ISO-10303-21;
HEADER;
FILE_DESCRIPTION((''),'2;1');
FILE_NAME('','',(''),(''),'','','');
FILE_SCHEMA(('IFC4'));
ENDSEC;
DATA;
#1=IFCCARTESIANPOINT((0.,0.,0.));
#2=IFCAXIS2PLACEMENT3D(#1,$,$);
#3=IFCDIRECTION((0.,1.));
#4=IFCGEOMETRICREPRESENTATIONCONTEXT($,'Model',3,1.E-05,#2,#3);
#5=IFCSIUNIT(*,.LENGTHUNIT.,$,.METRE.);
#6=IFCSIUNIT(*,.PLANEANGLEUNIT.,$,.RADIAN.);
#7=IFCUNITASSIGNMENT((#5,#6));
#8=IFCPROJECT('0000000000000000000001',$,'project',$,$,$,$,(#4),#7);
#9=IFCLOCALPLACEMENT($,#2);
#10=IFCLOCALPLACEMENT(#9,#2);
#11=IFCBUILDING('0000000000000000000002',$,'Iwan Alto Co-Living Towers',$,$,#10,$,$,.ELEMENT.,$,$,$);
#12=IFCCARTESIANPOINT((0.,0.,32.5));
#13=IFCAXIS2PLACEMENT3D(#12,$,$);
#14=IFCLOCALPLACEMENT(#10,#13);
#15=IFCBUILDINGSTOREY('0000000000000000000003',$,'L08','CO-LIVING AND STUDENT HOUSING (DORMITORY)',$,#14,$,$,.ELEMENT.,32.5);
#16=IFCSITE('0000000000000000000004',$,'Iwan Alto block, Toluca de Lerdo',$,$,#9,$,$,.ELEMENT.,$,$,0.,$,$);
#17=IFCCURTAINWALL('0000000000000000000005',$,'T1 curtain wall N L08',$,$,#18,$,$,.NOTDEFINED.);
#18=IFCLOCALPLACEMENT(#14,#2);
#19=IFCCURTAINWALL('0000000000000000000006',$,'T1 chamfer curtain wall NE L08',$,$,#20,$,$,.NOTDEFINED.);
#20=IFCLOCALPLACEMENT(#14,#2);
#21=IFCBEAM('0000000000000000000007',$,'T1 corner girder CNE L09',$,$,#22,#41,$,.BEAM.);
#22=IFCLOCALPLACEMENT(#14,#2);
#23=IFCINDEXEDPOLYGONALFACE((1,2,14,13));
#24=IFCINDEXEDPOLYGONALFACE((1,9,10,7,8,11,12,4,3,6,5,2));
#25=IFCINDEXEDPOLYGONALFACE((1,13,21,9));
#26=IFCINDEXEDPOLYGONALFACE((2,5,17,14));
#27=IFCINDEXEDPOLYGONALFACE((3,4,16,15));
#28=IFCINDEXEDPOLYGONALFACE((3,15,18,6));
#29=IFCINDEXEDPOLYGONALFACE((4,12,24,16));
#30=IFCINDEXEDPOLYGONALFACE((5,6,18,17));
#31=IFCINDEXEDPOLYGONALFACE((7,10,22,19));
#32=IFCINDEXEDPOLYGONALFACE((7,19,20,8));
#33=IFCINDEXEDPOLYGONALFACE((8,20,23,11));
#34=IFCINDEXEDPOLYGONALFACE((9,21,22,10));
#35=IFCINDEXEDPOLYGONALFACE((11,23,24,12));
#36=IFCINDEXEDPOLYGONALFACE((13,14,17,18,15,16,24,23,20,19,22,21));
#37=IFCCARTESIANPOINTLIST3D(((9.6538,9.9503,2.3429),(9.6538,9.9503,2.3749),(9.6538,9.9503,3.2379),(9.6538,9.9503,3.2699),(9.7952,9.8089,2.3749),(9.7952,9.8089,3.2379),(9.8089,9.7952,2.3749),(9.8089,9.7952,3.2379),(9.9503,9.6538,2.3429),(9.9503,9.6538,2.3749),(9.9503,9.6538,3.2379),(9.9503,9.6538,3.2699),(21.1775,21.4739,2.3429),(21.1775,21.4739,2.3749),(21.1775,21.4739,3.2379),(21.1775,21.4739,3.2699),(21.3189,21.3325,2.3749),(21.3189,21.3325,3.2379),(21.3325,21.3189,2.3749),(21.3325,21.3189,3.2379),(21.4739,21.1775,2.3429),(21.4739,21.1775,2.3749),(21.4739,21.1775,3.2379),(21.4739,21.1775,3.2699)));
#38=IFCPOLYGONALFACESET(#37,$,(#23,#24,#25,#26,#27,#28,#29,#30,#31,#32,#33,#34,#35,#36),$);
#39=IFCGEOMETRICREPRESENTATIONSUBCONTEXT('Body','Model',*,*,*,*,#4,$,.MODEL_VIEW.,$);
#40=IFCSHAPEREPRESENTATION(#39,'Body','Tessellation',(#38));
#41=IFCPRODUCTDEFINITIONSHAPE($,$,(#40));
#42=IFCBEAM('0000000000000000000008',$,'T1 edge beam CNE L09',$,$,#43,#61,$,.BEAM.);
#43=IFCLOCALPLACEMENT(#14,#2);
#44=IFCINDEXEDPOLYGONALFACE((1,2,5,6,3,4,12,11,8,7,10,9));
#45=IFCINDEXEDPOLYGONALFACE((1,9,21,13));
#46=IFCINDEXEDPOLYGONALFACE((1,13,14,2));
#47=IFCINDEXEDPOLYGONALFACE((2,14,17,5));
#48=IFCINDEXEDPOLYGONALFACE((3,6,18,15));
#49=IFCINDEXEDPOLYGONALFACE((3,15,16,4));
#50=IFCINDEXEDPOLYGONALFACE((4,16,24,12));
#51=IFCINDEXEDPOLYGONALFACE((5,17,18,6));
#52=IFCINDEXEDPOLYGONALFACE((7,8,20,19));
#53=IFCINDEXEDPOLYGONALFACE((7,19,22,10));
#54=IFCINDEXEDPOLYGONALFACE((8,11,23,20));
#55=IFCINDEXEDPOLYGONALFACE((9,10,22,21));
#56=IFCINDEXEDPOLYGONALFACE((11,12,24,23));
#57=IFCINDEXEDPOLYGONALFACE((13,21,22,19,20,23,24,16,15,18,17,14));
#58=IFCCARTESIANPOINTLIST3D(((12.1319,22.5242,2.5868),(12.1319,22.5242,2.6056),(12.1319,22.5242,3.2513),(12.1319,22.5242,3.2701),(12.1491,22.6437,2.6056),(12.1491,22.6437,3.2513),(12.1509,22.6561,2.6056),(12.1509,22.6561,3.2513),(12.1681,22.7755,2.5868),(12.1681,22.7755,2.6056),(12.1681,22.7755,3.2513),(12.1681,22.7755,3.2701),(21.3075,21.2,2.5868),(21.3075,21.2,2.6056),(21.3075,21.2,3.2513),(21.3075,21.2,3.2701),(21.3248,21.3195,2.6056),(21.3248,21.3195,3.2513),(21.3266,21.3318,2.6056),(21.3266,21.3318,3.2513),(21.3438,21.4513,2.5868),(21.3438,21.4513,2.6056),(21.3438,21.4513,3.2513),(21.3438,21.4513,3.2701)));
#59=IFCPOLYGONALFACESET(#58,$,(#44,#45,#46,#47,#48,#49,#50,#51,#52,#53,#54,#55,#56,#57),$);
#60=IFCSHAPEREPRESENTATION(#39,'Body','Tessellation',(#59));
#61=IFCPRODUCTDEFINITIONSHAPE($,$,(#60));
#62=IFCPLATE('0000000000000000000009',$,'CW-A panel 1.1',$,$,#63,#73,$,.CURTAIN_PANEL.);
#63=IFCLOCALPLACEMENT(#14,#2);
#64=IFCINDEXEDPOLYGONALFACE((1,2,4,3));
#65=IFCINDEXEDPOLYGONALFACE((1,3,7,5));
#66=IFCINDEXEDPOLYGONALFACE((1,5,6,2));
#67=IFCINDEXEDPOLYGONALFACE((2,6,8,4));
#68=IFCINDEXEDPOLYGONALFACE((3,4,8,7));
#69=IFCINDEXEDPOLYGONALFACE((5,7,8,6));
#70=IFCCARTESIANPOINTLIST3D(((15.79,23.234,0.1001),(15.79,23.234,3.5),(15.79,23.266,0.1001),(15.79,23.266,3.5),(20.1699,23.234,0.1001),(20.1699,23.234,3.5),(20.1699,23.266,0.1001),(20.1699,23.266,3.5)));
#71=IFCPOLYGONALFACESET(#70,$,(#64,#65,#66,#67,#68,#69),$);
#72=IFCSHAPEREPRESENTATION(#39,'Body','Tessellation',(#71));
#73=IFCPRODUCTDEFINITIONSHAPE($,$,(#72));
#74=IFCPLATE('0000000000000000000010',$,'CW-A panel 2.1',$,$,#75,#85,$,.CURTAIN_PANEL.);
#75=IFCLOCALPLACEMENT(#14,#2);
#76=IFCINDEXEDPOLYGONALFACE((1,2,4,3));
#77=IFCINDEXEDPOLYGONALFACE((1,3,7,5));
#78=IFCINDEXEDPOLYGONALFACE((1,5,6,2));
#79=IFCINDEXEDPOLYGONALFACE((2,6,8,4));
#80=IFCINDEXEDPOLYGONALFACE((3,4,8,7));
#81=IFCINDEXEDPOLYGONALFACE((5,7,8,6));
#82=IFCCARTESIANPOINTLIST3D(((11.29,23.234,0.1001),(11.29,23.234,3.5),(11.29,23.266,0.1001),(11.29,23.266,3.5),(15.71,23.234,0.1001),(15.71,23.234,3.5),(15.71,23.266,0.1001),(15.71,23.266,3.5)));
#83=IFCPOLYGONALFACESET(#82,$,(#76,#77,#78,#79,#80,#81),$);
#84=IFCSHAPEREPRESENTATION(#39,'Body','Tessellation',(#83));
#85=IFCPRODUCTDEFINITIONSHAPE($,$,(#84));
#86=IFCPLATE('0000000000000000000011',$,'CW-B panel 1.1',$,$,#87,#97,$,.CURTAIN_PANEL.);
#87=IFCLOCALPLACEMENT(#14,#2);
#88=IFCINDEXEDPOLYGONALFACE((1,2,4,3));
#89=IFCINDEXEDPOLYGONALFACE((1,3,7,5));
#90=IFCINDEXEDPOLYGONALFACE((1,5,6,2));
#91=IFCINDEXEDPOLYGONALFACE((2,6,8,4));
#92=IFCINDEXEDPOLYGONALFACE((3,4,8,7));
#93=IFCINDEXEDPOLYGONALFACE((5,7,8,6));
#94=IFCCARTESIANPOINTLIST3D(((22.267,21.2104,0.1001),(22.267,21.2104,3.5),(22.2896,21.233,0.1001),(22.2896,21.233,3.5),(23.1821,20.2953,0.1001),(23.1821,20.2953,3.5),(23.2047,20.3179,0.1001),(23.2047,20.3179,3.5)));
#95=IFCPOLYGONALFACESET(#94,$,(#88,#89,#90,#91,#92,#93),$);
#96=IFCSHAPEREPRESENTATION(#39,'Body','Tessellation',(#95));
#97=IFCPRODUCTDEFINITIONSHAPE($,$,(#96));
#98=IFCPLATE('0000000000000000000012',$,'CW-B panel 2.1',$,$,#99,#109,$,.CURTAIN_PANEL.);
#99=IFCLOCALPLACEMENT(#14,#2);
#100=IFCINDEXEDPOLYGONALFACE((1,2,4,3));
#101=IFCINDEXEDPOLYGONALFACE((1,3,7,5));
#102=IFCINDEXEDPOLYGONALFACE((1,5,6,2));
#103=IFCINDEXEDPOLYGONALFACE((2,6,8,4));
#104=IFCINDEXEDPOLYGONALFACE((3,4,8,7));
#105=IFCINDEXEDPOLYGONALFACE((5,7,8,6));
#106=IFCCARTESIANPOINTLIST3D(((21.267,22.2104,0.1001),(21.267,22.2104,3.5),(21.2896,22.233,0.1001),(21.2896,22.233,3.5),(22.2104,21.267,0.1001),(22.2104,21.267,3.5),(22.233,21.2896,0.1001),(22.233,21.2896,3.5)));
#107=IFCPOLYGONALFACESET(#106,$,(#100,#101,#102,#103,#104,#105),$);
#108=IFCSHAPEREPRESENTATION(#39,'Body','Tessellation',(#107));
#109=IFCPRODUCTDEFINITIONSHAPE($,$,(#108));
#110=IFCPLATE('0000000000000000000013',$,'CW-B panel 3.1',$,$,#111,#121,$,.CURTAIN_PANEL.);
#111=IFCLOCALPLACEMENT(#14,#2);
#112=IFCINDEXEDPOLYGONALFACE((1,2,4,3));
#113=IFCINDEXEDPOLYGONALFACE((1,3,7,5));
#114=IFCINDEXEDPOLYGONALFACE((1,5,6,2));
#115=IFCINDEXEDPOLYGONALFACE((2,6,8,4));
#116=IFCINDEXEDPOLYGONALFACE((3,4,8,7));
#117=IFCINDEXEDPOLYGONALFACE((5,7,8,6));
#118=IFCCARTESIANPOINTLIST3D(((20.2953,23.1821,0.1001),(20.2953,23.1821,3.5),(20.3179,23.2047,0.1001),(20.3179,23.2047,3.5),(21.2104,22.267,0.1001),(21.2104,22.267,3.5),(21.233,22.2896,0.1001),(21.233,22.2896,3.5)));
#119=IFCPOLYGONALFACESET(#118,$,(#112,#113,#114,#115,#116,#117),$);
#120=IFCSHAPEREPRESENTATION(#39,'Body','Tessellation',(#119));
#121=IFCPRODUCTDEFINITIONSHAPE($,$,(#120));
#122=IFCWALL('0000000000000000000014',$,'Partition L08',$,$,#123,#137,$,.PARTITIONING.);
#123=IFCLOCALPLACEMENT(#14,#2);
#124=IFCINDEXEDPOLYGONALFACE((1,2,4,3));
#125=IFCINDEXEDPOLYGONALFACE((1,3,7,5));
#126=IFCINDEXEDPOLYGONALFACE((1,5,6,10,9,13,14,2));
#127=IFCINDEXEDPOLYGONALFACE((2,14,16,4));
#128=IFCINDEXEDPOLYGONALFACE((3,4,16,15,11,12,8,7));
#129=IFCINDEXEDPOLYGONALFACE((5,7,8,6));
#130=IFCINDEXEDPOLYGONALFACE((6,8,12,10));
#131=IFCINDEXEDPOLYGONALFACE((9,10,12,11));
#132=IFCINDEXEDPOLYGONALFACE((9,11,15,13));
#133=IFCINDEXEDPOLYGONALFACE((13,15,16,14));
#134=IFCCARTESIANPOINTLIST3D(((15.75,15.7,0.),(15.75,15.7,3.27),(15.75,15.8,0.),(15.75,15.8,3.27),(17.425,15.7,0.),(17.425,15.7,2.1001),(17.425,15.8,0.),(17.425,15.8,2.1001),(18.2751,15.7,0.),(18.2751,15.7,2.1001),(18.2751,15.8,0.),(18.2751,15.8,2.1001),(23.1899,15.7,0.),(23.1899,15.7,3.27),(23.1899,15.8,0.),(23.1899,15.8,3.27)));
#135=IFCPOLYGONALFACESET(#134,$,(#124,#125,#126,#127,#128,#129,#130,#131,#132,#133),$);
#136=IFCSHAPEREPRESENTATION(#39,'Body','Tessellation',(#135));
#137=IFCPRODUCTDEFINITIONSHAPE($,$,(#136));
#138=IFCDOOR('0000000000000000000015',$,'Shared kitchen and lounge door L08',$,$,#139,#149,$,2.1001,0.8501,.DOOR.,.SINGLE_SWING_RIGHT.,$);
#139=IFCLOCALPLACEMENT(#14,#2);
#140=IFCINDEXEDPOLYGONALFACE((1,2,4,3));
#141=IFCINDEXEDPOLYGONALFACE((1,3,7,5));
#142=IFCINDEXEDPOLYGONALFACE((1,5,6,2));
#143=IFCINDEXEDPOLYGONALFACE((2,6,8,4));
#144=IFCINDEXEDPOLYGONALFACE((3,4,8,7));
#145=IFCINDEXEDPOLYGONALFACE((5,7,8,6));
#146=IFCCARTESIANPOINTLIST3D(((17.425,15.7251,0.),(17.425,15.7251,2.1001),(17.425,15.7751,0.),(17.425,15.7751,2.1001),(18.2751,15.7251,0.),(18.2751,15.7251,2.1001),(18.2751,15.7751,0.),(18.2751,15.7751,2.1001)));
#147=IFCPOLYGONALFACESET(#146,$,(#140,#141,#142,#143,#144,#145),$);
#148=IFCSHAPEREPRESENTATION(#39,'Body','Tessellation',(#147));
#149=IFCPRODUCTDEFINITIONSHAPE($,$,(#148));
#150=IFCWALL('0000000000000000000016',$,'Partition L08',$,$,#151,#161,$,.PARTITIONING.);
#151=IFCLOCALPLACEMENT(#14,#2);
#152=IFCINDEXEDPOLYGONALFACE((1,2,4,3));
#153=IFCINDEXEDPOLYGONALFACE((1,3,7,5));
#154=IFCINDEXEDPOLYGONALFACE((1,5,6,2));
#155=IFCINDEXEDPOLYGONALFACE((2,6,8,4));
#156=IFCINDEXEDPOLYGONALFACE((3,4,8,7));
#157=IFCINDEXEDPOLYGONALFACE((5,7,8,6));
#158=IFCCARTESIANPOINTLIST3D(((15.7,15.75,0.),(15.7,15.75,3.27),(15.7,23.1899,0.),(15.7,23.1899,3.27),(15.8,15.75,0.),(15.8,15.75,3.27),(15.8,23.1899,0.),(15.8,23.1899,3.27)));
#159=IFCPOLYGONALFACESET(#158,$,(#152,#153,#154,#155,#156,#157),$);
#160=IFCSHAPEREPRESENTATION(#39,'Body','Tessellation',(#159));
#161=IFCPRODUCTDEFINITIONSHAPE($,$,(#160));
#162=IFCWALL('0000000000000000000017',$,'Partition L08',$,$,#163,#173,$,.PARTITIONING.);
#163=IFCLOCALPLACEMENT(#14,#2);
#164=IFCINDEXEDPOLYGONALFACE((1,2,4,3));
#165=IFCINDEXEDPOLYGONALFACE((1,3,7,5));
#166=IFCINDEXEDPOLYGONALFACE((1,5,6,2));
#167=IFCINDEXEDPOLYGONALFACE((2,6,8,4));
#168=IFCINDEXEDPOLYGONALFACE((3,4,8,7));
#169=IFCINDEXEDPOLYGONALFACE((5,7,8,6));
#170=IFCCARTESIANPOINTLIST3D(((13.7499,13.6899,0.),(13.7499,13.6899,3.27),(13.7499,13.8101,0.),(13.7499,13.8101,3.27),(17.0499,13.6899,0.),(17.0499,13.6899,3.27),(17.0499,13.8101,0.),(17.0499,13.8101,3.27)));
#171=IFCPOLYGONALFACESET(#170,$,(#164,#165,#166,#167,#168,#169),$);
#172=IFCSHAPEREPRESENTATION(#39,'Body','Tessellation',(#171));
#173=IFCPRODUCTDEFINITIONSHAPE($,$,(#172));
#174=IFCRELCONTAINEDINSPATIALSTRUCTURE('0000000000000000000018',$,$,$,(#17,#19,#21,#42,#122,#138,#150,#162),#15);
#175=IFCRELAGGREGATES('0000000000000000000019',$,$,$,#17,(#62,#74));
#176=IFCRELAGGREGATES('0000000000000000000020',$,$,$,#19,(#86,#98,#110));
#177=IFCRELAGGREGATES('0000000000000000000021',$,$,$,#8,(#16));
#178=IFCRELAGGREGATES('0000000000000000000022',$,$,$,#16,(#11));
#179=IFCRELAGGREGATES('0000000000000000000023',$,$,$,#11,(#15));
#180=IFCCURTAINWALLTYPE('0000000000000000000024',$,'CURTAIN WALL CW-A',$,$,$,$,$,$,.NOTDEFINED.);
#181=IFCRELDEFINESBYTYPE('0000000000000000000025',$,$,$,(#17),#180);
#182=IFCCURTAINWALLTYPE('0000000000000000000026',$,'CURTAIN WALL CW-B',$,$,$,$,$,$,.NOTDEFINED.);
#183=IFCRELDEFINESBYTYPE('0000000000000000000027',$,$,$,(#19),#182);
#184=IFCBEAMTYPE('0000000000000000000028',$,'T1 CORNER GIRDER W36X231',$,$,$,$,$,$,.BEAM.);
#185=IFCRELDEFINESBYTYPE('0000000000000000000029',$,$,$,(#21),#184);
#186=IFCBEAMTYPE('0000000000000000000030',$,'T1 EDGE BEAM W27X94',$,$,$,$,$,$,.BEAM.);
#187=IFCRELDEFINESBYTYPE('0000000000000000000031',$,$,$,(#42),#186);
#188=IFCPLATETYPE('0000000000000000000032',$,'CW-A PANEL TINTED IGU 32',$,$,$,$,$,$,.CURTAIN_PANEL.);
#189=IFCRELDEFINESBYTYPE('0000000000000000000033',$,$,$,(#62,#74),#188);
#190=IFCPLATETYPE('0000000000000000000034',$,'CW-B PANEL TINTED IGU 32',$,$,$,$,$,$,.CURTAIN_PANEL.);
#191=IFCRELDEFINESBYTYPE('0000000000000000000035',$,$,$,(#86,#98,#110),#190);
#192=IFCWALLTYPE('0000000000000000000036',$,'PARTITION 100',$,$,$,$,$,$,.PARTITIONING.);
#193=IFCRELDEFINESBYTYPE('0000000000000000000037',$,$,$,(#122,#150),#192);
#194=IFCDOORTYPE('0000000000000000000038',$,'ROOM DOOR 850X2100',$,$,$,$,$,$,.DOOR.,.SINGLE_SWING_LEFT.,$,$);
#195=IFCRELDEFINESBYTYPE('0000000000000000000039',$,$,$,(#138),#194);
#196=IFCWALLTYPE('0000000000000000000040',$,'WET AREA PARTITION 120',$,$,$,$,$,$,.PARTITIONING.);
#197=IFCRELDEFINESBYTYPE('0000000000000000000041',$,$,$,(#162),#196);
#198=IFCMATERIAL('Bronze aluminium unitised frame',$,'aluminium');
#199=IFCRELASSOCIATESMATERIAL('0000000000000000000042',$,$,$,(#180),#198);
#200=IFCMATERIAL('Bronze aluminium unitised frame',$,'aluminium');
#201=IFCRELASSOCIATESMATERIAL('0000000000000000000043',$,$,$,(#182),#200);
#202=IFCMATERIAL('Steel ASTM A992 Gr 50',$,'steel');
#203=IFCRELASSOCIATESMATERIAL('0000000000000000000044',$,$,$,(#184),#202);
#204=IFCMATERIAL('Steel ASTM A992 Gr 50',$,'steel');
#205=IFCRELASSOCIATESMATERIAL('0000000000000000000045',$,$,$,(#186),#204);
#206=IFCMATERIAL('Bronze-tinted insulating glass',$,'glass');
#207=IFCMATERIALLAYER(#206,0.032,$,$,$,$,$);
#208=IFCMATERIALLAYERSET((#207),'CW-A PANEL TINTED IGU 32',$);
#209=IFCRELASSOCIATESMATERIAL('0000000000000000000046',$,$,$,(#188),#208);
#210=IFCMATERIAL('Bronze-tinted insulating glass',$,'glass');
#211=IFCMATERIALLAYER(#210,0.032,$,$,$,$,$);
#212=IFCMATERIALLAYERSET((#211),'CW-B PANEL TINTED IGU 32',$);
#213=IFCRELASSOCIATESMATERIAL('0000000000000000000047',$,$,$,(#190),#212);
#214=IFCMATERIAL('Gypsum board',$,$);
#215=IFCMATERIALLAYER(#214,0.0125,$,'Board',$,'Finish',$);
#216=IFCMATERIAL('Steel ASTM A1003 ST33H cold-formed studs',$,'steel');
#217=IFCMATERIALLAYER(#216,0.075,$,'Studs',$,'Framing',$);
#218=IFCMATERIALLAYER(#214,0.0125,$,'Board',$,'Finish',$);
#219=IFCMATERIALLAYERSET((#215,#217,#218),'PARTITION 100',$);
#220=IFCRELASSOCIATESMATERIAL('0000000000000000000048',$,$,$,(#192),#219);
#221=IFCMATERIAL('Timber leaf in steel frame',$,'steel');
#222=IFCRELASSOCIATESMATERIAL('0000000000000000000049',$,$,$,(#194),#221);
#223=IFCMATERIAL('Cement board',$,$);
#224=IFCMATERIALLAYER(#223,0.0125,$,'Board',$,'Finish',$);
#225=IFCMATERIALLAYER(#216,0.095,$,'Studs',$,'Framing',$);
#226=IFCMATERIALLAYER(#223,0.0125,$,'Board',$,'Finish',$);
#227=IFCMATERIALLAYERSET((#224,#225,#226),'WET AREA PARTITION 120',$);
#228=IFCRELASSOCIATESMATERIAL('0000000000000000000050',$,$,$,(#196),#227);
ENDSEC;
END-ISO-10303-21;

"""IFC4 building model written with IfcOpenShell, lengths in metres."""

from ifc_helpers import new_model, si_unit, direction, frame, frame_2d, origin, origin_2d, place, context, subcontext, project, spatial, rectangle, i_section, extrude, material, layer, layer_set, material_profile, profile_set, type_object, element, fill, aggregate, save


model = new_model("IFC4")

# Units and contexts
model_context = context("Model", 3, precision=1e-05, world=origin(), true_north=direction((0.0, 1.0)))
body_context = subcontext(model_context, "Body", "Model", "MODEL_VIEW")
ifc_project = project(units=[si_unit("LENGTHUNIT", "METRE"), si_unit("PLANEANGLEUNIT", "RADIAN")], contexts=[model_context])

# Site, building, storey
site_placement = place(None, origin())
site = spatial("IfcSite", under=ifc_project, at=site_placement, Name="Iwan Alto block, Toluca de Lerdo", CompositionType="ELEMENT", RefElevation=0.0)
building_placement = place(site_placement, origin())
building = spatial("IfcBuilding", under=site, at=building_placement, Name="Iwan Alto Co-Living Towers", CompositionType="ELEMENT")
storey_placement = place(building_placement, frame((0.0, 0.0, 32.5)))
storey = spatial("IfcBuildingStorey", under=building, at=storey_placement, Name="L08", Description="CO-LIVING AND STUDENT HOUSING (DORMITORY)", CompositionType="ELEMENT", Elevation=32.5)

# Curtain walls
ifc_material_1 = material(Name="Bronze aluminium unitised frame", Category="aluminium")
curtain_wall_type_1 = type_object("IfcCurtainWallType", Name="CURTAIN WALL CW-A", PredefinedType="NOTDEFINED", material=ifc_material_1)
curtain_wall_1_placement = place(storey_placement, origin())
curtain_wall_1 = element("IfcCurtainWall", 1, at=curtain_wall_1_placement, inside=storey, type_object=curtain_wall_type_1, Name="T1 curtain wall N L08", PredefinedType="NOTDEFINED")
ifc_material_2 = material(Name="Bronze aluminium unitised frame", Category="aluminium")
curtain_wall_type_2 = type_object("IfcCurtainWallType", Name="CURTAIN WALL CW-B", PredefinedType="NOTDEFINED", material=ifc_material_2)
curtain_wall_2_placement = place(storey_placement, origin())
curtain_wall_2 = element("IfcCurtainWall", 2, at=curtain_wall_2_placement, inside=storey, type_object=curtain_wall_type_2, Name="T1 chamfer curtain wall NE L08", PredefinedType="NOTDEFINED")

# Beams
ifc_material_3 = material(Name="Steel ASTM A992 Gr 50", Category="steel")
ifc_material_profile_1 = material_profile(ifc_material_3, i_section(OverallWidth=0.4192, OverallDepth=0.927, WebThickness=0.0193, FlangeThickness=0.032, at=origin_2d()), Name="W36X231")
ifc_profile_set_1 = profile_set([ifc_material_profile_1], Name="Steel ASTM A992 Gr 50")
beam_type_1 = type_object("IfcBeamType", Name="T1 CORNER GIRDER W36X231", PredefinedType="BEAM", material=ifc_profile_set_1)
beam_1_placement = place(storey_placement, frame((21.3257, 21.3257, 2.8064), z_axis=(-0.707107, -0.707107, 0.0), x_axis=(0.707107, -0.707107, 0.0)))
element("IfcBeam", 3, at=beam_1_placement, inside=storey, type_object=beam_type_1, Name="T1 corner girder CNE L09", PredefinedType="BEAM", context=body_context, shape_type="SweptSolid", body=[
    extrude(i_section(OverallWidth=0.4192, OverallDepth=0.927, WebThickness=0.0193, FlangeThickness=0.032, at=origin_2d()), origin(), (0.0, 0.0, 1.0), 16.2969),
])
ifc_material_4 = material(Name="Steel ASTM A992 Gr 50", Category="steel")
ifc_material_profile_2 = material_profile(ifc_material_4, i_section(OverallWidth=0.2539, OverallDepth=0.6833, WebThickness=0.0125, FlangeThickness=0.0188, at=origin_2d()), Name="W27X94")
ifc_profile_set_2 = profile_set([ifc_material_profile_2], Name="Steel ASTM A992 Gr 50")
beam_type_2 = type_object("IfcBeamType", Name="T1 EDGE BEAM W27X94", PredefinedType="BEAM", material=ifc_profile_set_2)
beam_2_placement = place(storey_placement, frame((21.3257, 21.3257, 2.9285), z_axis=(-0.989746, 0.142837, 0.0), x_axis=(-0.142837, -0.989746, 0.0)))
element("IfcBeam", 4, at=beam_2_placement, inside=storey, type_object=beam_type_2, Name="T1 edge beam CNE L09", PredefinedType="BEAM", context=body_context, shape_type="SweptSolid", body=[
    extrude(i_section(OverallWidth=0.2539, OverallDepth=0.6833, WebThickness=0.0125, FlangeThickness=0.0188, at=origin_2d()), origin(), (0.0, 0.0, 1.0), 9.2708),
])

# Plates
ifc_material_5 = material(Name="Bronze-tinted insulating glass", Category="glass")
ifc_layer_1 = layer(ifc_material_5, 0.032)
ifc_layer_set_1 = layer_set([ifc_layer_1], Name="CW-A PANEL TINTED IGU 32")
plate_type_1 = type_object("IfcPlateType", Name="CW-A PANEL TINTED IGU 32", PredefinedType="CURTAIN_PANEL", material=ifc_layer_set_1)
plate_1_placement = place(storey_placement, frame((17.98, 23.25, 0.1001), z_axis=(0.0, 0.0, 1.0), x_axis=(-1.0, 0.0, 0.0)))
plate_1 = element("IfcPlate", 5, at=plate_1_placement, type_object=plate_type_1, Name="CW-A panel 1.1", PredefinedType="CURTAIN_PANEL", context=body_context, shape_type="SweptSolid", body=[
    extrude(rectangle(XDim=4.3799, YDim=0.032, at=origin_2d()), origin(), (0.0, 0.0, 1.0), 3.3999),
])
plate_2_placement = place(storey_placement, frame((13.5, 23.25, 0.1001), z_axis=(0.0, 0.0, 1.0), x_axis=(-1.0, 0.0, 0.0)))
plate_2 = element("IfcPlate", 6, at=plate_2_placement, type_object=plate_type_1, Name="CW-A panel 2.1", PredefinedType="CURTAIN_PANEL", context=body_context, shape_type="SweptSolid", body=[
    extrude(rectangle(XDim=4.4199, YDim=0.032, at=origin_2d()), origin(), (0.0, 0.0, 1.0), 3.3999),
])
aggregate(curtain_wall_1, [plate_1, plate_2])
ifc_material_6 = material(Name="Bronze-tinted insulating glass", Category="glass")
ifc_layer_2 = layer(ifc_material_6, 0.032)
ifc_layer_set_2 = layer_set([ifc_layer_2], Name="CW-B PANEL TINTED IGU 32")
plate_type_2 = type_object("IfcPlateType", Name="CW-B PANEL TINTED IGU 32", PredefinedType="CURTAIN_PANEL", material=ifc_layer_set_2)
plate_3_placement = place(storey_placement, frame((22.7358, 20.7642, 0.1001), z_axis=(0.0, 0.0, 1.0), x_axis=(-0.707107, 0.707107, 0.0)))
plate_3 = element("IfcPlate", 7, at=plate_3_placement, type_object=plate_type_2, Name="CW-B panel 1.1", PredefinedType="CURTAIN_PANEL", context=body_context, shape_type="SweptSolid", body=[
    extrude(rectangle(XDim=1.2942, YDim=0.032, at=origin_2d()), origin(), (0.0, 0.0, 1.0), 3.3999),
])
plate_4_placement = place(storey_placement, frame((21.75, 21.75, 0.1001), z_axis=(0.0, 0.0, 1.0), x_axis=(-0.707107, 0.707107, 0.0)))
plate_4 = element("IfcPlate", 8, at=plate_4_placement, type_object=plate_type_2, Name="CW-B panel 2.1", PredefinedType="CURTAIN_PANEL", context=body_context, shape_type="SweptSolid", body=[
    extrude(rectangle(XDim=1.3342, YDim=0.032, at=origin_2d()), origin(), (0.0, 0.0, 1.0), 3.3999),
])
plate_5_placement = place(storey_placement, frame((20.7642, 22.7358, 0.1001), z_axis=(0.0, 0.0, 1.0), x_axis=(-0.707107, 0.707107, 0.0)))
plate_5 = element("IfcPlate", 9, at=plate_5_placement, type_object=plate_type_2, Name="CW-B panel 3.1", PredefinedType="CURTAIN_PANEL", context=body_context, shape_type="SweptSolid", body=[
    extrude(rectangle(XDim=1.2942, YDim=0.032, at=origin_2d()), origin(), (0.0, 0.0, 1.0), 3.3999),
])
aggregate(curtain_wall_2, [plate_3, plate_4, plate_5])

# Wall, opening, door
ifc_material_7 = material(Name="Gypsum board")
ifc_layer_3 = layer(ifc_material_7, 0.0125, Name="Board", Category="Finish")
ifc_material_8 = material(Name="Steel ASTM A1003 ST33H cold-formed studs", Category="steel")
ifc_layer_4 = layer(ifc_material_8, 0.075, Name="Studs", Category="Framing")
ifc_layer_5 = layer(ifc_material_7, 0.0125, Name="Board", Category="Finish")
ifc_layer_set_3 = layer_set([ifc_layer_3, ifc_layer_4, ifc_layer_5], Name="PARTITION 100")
wall_type_1 = type_object("IfcWallType", Name="PARTITION 100", PredefinedType="PARTITIONING", material=ifc_layer_set_3)
wall_1_placement = place(storey_placement, frame((15.75, 15.75, 0.0), z_axis=(0.0, 0.0, 1.0), x_axis=(1.0, 0.0, 0.0)))
wall_1 = element("IfcWall", 10, at=wall_1_placement, inside=storey, type_object=wall_type_1, Name="Partition L08", PredefinedType="PARTITIONING", context=body_context, shape_type="SweptSolid", body=[
    extrude(rectangle(XDim=7.4399, YDim=0.1001, at=frame_2d((3.72, 0.0))), origin(), (0.0, 0.0, 1.0), 3.27),
])
opening_placement = place(wall_1_placement, frame((1.675, 0.0, 0.0)))
opening = element("IfcOpeningElement", 11, at=opening_placement, cuts=wall_1, PredefinedType="OPENING", context=body_context, shape_type="SweptSolid", body=[
    extrude(rectangle(XDim=0.8501, YDim=2.1001, at=frame_2d((0.425, 1.05))), frame((0.0, 0.0601, 0.0), z_axis=(0.0, -1.0, 0.0), x_axis=(1.0, 0.0, 0.0)), (0.0, 0.0, 1.0), 0.1201),
])
ifc_material_9 = material(Name="Timber leaf in steel frame", Category="steel")
door_type = type_object("IfcDoorType", Name="ROOM DOOR 850X2100", OperationType="SINGLE_SWING_LEFT", PredefinedType="DOOR", material=ifc_material_9)
door_placement = place(opening_placement, frame((0.8501, 0.0, 0.0), z_axis=(0.0, 0.0, 1.0), x_axis=(-1.0, 0.0, 0.0)))
door = element("IfcDoor", 12, at=door_placement, inside=storey, type_object=door_type, Name="Shared kitchen and lounge door L08", OperationType="SINGLE_SWING_RIGHT", OverallHeight=2.1001, OverallWidth=0.8501, PredefinedType="DOOR", context=body_context, shape_type="SweptSolid", body=[
    extrude(rectangle(XDim=0.8501, YDim=2.1001, at=frame_2d((0.425, 1.05))), frame((0.0, 0.0249, 0.0), z_axis=(0.0, -1.0, 0.0), x_axis=(1.0, 0.0, 0.0)), (0.0, 0.0, 1.0), 0.05),
])
fill(opening, door)

# Walls
wall_2_placement = place(storey_placement, frame((15.75, 15.75, 0.0), z_axis=(0.0, 0.0, 1.0), x_axis=(0.0, 1.0, 0.0)))
element("IfcWall", 13, at=wall_2_placement, inside=storey, type_object=wall_type_1, Name="Partition L08", PredefinedType="PARTITIONING", context=body_context, shape_type="SweptSolid", body=[
    extrude(rectangle(XDim=7.4399, YDim=0.1001, at=frame_2d((3.72, 0.0))), origin(), (0.0, 0.0, 1.0), 3.27),
])
ifc_material_10 = material(Name="Cement board")
ifc_layer_6 = layer(ifc_material_10, 0.0125, Name="Board", Category="Finish")
ifc_layer_7 = layer(ifc_material_8, 0.095, Name="Studs", Category="Framing")
ifc_layer_8 = layer(ifc_material_10, 0.0125, Name="Board", Category="Finish")
ifc_layer_set_4 = layer_set([ifc_layer_6, ifc_layer_7, ifc_layer_8], Name="WET AREA PARTITION 120")
wall_type_2 = type_object("IfcWallType", Name="WET AREA PARTITION 120", PredefinedType="PARTITIONING", material=ifc_layer_set_4)
wall_3_placement = place(storey_placement, frame((13.75, 13.75, 0.0), z_axis=(0.0, 0.0, 1.0), x_axis=(1.0, 0.0, 0.0)))
element("IfcWall", 14, at=wall_3_placement, inside=storey, type_object=wall_type_2, Name="Partition L08", PredefinedType="PARTITIONING", context=body_context, shape_type="SweptSolid", body=[
    extrude(rectangle(XDim=3.3, YDim=0.1201, at=frame_2d((1.6499, 0.0))), origin(), (0.0, 0.0, 1.0), 3.27),
])

save(model, "model.ifc")
